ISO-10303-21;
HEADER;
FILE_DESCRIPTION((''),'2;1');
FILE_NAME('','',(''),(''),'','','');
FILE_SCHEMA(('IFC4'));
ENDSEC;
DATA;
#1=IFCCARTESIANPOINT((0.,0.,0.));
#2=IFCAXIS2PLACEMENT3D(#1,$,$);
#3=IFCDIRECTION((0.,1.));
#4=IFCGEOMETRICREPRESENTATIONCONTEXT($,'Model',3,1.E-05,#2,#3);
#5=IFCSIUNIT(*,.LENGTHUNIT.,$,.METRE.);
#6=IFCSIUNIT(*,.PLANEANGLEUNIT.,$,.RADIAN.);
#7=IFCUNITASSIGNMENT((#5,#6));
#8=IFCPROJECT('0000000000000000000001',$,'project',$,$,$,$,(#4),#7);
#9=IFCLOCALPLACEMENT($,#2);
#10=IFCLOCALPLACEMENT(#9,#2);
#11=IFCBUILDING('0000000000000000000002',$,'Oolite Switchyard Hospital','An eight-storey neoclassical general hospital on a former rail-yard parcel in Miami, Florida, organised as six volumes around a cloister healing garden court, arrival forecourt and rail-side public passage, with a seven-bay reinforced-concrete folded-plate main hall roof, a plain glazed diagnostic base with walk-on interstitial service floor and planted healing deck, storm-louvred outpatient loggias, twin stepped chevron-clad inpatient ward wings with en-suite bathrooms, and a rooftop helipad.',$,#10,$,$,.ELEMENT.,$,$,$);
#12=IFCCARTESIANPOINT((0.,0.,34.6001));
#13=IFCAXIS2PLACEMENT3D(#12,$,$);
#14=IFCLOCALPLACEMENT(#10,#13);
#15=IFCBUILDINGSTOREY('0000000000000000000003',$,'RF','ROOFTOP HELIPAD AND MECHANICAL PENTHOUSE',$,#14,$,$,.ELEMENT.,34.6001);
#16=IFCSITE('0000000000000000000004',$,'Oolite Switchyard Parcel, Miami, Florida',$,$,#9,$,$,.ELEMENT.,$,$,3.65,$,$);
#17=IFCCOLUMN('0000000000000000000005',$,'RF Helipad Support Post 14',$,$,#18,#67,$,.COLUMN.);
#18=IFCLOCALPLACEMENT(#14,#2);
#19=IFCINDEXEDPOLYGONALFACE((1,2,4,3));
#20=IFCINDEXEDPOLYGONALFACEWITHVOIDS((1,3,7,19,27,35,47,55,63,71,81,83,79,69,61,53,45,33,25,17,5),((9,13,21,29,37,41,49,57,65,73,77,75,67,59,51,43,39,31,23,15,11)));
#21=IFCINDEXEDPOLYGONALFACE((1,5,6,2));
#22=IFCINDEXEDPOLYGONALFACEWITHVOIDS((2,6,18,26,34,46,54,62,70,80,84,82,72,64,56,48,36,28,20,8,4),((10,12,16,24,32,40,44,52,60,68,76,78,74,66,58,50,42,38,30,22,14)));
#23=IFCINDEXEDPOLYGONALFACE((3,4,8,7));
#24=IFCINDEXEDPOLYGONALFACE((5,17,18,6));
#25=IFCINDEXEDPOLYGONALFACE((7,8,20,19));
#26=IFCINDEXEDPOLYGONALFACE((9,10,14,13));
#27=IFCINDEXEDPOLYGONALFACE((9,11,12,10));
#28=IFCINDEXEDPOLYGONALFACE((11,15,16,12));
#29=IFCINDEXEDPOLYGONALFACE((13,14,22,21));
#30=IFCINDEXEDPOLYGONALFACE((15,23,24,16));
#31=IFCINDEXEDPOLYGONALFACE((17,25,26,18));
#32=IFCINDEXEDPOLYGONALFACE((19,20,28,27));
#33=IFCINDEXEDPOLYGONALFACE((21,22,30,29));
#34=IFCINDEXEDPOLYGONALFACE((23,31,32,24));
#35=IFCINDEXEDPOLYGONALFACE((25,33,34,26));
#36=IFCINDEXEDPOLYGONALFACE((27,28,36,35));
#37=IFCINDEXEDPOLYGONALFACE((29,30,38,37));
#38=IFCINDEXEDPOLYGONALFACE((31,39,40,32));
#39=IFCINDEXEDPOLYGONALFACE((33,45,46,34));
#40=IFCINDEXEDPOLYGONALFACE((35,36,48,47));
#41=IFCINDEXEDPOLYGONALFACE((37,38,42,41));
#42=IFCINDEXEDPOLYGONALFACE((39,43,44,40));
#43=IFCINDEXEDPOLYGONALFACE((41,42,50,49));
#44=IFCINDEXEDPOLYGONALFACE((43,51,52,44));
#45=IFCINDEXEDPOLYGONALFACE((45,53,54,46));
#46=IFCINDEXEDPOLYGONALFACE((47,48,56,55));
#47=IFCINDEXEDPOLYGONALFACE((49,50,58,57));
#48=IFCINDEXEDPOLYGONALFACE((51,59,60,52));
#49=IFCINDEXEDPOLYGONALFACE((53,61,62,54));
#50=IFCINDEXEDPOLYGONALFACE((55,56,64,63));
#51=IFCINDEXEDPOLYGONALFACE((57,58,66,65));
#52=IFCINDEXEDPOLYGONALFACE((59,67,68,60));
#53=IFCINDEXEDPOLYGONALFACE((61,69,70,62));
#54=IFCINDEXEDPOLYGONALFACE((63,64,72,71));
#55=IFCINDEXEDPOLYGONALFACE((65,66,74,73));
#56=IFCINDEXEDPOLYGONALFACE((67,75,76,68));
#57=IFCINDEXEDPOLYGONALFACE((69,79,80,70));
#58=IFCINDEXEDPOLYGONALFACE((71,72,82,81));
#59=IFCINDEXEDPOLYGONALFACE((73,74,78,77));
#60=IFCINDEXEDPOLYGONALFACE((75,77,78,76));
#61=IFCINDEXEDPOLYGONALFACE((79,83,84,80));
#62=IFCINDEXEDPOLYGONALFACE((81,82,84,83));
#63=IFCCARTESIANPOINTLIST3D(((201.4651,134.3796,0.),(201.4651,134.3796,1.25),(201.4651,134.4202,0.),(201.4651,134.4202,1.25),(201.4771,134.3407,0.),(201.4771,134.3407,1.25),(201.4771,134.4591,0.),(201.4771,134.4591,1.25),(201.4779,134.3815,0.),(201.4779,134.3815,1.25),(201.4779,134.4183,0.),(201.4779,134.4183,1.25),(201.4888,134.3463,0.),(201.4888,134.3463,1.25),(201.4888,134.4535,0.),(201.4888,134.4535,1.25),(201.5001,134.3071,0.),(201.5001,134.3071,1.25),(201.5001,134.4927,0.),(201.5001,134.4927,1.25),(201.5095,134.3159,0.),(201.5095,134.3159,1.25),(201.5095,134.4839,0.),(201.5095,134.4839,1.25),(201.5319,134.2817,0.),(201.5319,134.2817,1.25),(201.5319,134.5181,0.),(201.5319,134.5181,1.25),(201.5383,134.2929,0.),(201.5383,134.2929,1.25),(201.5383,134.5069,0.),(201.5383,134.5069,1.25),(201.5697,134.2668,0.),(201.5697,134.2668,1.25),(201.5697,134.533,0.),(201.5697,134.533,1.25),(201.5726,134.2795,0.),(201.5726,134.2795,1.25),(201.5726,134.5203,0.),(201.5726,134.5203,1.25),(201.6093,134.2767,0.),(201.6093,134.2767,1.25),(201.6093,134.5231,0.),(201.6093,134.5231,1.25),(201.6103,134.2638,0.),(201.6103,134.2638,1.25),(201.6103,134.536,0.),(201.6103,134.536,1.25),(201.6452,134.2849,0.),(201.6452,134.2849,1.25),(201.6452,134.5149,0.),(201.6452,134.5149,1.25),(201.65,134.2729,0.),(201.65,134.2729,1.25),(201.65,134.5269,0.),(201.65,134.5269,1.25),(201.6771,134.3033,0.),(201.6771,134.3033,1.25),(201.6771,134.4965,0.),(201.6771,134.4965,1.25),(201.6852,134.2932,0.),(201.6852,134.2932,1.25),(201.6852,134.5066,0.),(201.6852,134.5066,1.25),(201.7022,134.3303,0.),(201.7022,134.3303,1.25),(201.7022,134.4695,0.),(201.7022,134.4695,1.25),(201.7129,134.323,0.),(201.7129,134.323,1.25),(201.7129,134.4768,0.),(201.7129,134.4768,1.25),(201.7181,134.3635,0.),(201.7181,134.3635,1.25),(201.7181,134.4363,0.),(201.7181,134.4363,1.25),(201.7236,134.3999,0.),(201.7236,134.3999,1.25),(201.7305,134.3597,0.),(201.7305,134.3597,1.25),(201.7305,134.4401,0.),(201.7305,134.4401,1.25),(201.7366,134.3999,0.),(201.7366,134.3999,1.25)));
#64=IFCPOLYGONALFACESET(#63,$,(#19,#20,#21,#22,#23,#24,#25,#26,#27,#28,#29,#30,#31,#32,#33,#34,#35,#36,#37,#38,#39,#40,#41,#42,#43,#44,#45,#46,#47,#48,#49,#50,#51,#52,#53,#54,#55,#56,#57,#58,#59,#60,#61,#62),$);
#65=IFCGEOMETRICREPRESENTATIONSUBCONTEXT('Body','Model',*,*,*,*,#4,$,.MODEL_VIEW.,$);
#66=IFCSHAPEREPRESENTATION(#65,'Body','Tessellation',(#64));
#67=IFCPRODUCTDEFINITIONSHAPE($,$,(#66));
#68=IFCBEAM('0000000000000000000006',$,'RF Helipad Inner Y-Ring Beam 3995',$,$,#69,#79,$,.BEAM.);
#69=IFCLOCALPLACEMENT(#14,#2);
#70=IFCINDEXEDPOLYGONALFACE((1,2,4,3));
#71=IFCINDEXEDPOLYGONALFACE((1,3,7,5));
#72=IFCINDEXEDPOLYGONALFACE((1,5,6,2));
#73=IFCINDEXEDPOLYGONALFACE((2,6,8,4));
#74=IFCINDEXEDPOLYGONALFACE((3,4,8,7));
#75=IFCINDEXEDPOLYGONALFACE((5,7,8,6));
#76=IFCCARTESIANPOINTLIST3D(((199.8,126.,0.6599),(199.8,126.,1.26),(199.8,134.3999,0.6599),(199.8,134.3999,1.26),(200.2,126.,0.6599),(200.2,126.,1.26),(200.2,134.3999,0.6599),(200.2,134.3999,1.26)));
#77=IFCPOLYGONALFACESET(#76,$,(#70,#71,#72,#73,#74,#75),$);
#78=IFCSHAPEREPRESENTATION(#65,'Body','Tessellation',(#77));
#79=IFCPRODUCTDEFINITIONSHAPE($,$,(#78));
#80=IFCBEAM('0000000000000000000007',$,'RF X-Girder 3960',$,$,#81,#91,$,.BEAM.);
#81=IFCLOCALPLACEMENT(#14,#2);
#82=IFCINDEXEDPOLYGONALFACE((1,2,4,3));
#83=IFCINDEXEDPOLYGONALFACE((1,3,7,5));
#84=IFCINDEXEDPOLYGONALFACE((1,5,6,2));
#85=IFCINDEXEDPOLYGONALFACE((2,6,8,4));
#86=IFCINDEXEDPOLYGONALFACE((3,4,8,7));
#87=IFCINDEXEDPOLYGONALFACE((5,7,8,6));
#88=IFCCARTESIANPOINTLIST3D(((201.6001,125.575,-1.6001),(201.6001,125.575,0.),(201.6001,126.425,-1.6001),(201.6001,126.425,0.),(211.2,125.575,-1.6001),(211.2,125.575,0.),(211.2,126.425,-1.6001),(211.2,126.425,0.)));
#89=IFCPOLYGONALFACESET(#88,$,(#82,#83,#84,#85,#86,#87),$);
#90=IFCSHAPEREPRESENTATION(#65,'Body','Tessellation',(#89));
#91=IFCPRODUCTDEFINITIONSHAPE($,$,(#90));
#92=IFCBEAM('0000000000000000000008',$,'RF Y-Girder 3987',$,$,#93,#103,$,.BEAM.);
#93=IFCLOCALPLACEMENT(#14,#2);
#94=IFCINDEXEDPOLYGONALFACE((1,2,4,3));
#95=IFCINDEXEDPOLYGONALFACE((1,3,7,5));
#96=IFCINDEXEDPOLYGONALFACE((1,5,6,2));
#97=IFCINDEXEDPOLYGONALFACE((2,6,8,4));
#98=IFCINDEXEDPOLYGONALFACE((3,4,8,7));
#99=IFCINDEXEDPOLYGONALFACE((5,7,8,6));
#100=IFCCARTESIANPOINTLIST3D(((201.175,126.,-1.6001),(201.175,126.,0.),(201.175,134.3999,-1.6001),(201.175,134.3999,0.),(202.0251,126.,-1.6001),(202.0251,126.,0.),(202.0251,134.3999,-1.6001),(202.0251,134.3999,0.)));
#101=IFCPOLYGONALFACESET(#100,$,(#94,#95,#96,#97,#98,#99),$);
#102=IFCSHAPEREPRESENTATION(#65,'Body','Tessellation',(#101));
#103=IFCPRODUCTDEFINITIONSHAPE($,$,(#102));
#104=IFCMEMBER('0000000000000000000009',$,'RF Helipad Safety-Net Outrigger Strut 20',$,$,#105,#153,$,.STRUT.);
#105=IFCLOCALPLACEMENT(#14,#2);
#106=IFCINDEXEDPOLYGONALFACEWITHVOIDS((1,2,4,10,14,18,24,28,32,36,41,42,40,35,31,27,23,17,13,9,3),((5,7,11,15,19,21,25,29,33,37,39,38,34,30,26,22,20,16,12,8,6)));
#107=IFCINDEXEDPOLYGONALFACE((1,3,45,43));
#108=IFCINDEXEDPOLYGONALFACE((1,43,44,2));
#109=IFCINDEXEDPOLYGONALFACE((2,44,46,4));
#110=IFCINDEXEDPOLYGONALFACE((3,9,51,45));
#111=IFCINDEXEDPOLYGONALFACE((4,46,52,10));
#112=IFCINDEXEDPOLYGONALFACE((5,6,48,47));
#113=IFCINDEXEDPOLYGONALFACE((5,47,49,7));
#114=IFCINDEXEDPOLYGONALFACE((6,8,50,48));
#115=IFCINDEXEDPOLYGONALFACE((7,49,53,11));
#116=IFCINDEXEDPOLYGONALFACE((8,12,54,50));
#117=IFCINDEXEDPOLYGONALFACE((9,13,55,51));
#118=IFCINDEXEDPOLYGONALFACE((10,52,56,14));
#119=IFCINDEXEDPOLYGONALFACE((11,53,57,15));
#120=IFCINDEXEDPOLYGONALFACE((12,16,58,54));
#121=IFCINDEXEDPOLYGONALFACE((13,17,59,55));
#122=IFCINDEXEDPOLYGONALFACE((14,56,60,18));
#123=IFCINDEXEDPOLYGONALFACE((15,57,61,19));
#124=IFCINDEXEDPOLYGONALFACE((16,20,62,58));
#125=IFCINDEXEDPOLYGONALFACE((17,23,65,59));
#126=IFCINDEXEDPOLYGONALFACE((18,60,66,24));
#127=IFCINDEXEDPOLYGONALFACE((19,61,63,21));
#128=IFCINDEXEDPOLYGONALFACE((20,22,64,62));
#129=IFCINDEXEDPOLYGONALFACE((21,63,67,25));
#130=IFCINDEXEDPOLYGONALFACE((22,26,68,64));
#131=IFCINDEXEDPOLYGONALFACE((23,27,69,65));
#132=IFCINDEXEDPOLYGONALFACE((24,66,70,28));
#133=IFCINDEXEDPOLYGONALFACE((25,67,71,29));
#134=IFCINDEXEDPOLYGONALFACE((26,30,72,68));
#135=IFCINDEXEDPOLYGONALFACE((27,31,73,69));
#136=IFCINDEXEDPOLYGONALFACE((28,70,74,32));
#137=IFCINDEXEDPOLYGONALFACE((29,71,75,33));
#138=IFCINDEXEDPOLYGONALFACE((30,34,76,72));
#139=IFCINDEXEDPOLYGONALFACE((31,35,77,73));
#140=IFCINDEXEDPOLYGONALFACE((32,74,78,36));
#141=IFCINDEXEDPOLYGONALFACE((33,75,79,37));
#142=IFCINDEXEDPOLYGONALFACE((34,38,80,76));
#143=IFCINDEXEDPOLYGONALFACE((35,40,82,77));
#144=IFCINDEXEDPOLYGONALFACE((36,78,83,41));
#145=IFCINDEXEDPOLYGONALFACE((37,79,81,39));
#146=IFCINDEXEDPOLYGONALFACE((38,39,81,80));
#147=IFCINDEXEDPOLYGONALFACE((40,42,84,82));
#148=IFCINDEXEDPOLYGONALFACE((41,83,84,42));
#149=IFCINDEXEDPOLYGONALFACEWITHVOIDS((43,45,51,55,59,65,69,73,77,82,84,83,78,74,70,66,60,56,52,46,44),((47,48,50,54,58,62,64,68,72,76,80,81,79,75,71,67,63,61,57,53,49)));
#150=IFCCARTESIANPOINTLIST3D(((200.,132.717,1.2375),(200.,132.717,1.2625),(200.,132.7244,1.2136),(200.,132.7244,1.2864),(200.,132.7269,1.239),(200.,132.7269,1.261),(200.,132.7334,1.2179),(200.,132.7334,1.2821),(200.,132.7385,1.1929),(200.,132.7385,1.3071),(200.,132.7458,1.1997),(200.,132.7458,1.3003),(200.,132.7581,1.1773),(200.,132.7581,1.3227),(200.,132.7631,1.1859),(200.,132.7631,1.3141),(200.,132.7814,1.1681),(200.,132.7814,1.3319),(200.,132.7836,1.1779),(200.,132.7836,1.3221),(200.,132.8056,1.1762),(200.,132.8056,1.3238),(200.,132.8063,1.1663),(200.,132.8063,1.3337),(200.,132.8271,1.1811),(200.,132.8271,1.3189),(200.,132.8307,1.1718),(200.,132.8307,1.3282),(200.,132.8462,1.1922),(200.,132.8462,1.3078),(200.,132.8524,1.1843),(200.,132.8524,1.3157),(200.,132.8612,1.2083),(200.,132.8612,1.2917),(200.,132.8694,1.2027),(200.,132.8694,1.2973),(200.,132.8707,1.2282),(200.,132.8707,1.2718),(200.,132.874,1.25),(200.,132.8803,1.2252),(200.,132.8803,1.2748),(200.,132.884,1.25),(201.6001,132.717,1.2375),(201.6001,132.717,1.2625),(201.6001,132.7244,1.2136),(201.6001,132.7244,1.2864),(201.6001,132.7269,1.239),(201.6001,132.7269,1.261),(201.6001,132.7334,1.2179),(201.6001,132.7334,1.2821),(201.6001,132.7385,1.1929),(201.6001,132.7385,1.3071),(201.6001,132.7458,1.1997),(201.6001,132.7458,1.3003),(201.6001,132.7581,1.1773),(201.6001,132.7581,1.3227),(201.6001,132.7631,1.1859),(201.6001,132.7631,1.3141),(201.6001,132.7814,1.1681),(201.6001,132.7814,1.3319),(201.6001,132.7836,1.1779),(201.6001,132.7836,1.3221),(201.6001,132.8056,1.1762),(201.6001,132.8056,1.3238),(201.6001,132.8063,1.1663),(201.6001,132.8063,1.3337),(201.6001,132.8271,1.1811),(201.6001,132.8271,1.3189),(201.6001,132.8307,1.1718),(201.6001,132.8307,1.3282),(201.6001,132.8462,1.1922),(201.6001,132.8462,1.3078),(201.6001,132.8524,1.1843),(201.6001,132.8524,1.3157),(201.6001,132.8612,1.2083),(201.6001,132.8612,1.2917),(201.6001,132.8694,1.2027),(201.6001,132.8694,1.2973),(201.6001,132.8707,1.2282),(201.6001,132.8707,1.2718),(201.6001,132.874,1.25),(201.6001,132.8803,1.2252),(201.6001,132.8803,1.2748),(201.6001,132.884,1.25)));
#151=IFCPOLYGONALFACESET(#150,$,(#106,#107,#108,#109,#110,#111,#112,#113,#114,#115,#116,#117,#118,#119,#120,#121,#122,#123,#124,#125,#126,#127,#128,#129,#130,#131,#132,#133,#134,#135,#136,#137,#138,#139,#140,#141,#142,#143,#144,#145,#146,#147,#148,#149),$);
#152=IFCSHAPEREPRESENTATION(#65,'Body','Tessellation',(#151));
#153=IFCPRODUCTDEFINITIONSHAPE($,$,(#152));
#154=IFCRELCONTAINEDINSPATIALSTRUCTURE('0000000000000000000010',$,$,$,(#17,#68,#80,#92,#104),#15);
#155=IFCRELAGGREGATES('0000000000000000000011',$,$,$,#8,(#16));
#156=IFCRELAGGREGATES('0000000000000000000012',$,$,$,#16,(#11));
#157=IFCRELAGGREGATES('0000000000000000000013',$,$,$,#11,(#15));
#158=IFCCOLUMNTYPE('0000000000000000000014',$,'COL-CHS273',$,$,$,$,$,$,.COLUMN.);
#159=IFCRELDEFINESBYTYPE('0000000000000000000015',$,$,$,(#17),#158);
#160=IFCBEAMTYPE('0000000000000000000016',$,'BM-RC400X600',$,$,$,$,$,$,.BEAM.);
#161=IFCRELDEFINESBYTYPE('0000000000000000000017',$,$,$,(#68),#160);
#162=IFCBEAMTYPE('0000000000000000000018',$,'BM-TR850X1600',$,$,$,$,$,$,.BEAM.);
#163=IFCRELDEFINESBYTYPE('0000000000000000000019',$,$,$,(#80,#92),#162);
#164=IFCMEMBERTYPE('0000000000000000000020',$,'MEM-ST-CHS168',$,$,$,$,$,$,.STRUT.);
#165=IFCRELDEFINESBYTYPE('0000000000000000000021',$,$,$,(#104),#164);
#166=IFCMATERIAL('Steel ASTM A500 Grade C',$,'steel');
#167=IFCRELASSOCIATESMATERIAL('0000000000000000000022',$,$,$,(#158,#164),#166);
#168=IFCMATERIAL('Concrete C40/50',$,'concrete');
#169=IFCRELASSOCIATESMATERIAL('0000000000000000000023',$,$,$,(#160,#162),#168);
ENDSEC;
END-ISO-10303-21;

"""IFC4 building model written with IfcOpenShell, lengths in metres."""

from ifc_helpers import new_model, si_unit, direction, frame, origin, origin_2d, place, context, subcontext, project, spatial, rectangle, hollow_circle, extrude, material, material_profile, profile_set, type_object, element, save


model = new_model("IFC4")

# Units and contexts
model_context = context("Model", 3, precision=1e-05, world=origin(), true_north=direction((0.0, 1.0)))
body_context = subcontext(model_context, "Body", "Model", "MODEL_VIEW")
ifc_project = project(units=[si_unit("LENGTHUNIT", "METRE"), si_unit("PLANEANGLEUNIT", "RADIAN")], contexts=[model_context])

# Site, building, storey
site_placement = place(None, origin())
site = spatial("IfcSite", under=ifc_project, at=site_placement, Name="Oolite Switchyard Parcel, Miami, Florida", CompositionType="ELEMENT", RefElevation=3.65)
building_placement = place(site_placement, origin())
building = spatial("IfcBuilding", under=site, at=building_placement, Name="Oolite Switchyard Hospital", Description="An eight-storey neoclassical general hospital on a former rail-yard parcel in Miami, Florida, organised as six volumes around a cloister healing garden court, arrival forecourt and rail-side public passage, with a seven-bay reinforced-concrete folded-plate main hall roof, a plain glazed diagnostic base with walk-on interstitial service floor and planted healing deck, storm-louvred outpatient loggias, twin stepped chevron-clad inpatient ward wings with en-suite bathrooms, and a rooftop helipad.", CompositionType="ELEMENT")
storey_placement = place(building_placement, frame((0.0, 0.0, 34.6001)))
storey = spatial("IfcBuildingStorey", under=building, at=storey_placement, Name="RF", Description="ROOFTOP HELIPAD AND MECHANICAL PENTHOUSE", CompositionType="ELEMENT", Elevation=34.6001)

# Column
ifc_material_1 = material(Name="Steel ASTM A500 Grade C", Category="steel")
ifc_material_profile_1 = material_profile(ifc_material_1, hollow_circle(Radius=0.1365, WallThickness=0.0129, at=origin_2d()), Name="HSS273X13")
ifc_profile_set_1 = profile_set([ifc_material_profile_1], Name="Steel ASTM A500 Grade C")
column_type = type_object("IfcColumnType", Name="COL-CHS273", PredefinedType="COLUMN", material=ifc_profile_set_1)
for number, where, z_axis, x_axis, name in (
    (1, (201.6001, 134.3999, 0.0), (0.0, 0.0, 1.0), (1.0, 0.0, 0.0), "RF Helipad Support Post 14"),
):
    element("IfcColumn", number, at=place(storey_placement, frame(where, z_axis=z_axis, x_axis=x_axis)), inside=storey, type_object=column_type, Name=name, PredefinedType="COLUMN", context=body_context, shape_type="SweptSolid", body=[
        extrude(hollow_circle(Radius=0.1365, WallThickness=0.0129, at=origin_2d()), origin(), (0.0, 0.0, 1.0), 1.25),
    ])

# Beams
ifc_material_2 = material(Name="Concrete C40/50", Category="concrete")
ifc_material_profile_2 = material_profile(ifc_material_2, rectangle(XDim=0.3999, YDim=0.6001, at=origin_2d()), Name="RCB400X600")
ifc_profile_set_2 = profile_set([ifc_material_profile_2], Name="Concrete C40/50")
beam_type_1 = type_object("IfcBeamType", Name="BM-RC400X600", PredefinedType="BEAM", material=ifc_profile_set_2)
beam_1_placement = place(storey_placement, frame((200.0, 126.0, 0.96), z_axis=(0.0, 1.0, 0.0), x_axis=(-1.0, 0.0, 0.0)))
element("IfcBeam", 2, at=beam_1_placement, inside=storey, type_object=beam_type_1, Name="RF Helipad Inner Y-Ring Beam 3995", PredefinedType="BEAM", context=body_context, shape_type="SweptSolid", body=[
    extrude(rectangle(XDim=0.3999, YDim=0.6001, at=origin_2d()), origin(), (0.0, 0.0, 1.0), 8.3999),
])
ifc_material_profile_3 = material_profile(ifc_material_2, rectangle(XDim=0.8501, YDim=1.6001, at=origin_2d()), Name="RCT850X1600")
ifc_profile_set_3 = profile_set([ifc_material_profile_3], Name="Concrete C40/50")
beam_type_2 = type_object("IfcBeamType", Name="BM-TR850X1600", PredefinedType="BEAM", material=ifc_profile_set_3)
beam_2_placement = place(storey_placement, frame((201.6001, 126.0, -0.8), z_axis=(1.0, 0.0, 0.0), x_axis=(0.0, 1.0, 0.0)))
element("IfcBeam", 3, at=beam_2_placement, inside=storey, type_object=beam_type_2, Name="RF X-Girder 3960", PredefinedType="BEAM", context=body_context, shape_type="SweptSolid", body=[
    extrude(rectangle(XDim=0.8501, YDim=1.6001, at=origin_2d()), origin(), (0.0, 0.0, 1.0), 9.5999),
])
beam_3_placement = place(storey_placement, frame((201.6001, 126.0, -0.8), z_axis=(0.0, 1.0, 0.0), x_axis=(-1.0, 0.0, 0.0)))
element("IfcBeam", 4, at=beam_3_placement, inside=storey, type_object=beam_type_2, Name="RF Y-Girder 3987", PredefinedType="BEAM", context=body_context, shape_type="SweptSolid", body=[
    extrude(rectangle(XDim=0.8501, YDim=1.6001, at=origin_2d()), origin(), (0.0, 0.0, 1.0), 8.3999),
])

# Member
ifc_material_profile_4 = material_profile(ifc_material_1, hollow_circle(Radius=0.084, WallThickness=0.01, at=origin_2d()), Name="HSS168X10")
ifc_profile_set_4 = profile_set([ifc_material_profile_4], Name="Steel ASTM A500 Grade C")
member_type_1 = type_object("IfcMemberType", Name="MEM-ST-CHS168", PredefinedType="STRUT", material=ifc_profile_set_4)
member_1_placement = place(storey_placement, frame((200.0, 132.8, 1.25), z_axis=(1.0, 0.0, 0.0), x_axis=(0.0, 1.0, 0.0)))
element("IfcMember", 5, at=member_1_placement, inside=storey, type_object=member_type_1, Name="RF Helipad Safety-Net Outrigger Strut 20", PredefinedType="STRUT", context=body_context, shape_type="SweptSolid", body=[
    extrude(hollow_circle(Radius=0.084, WallThickness=0.01, at=origin_2d()), origin(), (0.0, 0.0, 1.0), 1.6001),
])

save(model, "model.ifc")
